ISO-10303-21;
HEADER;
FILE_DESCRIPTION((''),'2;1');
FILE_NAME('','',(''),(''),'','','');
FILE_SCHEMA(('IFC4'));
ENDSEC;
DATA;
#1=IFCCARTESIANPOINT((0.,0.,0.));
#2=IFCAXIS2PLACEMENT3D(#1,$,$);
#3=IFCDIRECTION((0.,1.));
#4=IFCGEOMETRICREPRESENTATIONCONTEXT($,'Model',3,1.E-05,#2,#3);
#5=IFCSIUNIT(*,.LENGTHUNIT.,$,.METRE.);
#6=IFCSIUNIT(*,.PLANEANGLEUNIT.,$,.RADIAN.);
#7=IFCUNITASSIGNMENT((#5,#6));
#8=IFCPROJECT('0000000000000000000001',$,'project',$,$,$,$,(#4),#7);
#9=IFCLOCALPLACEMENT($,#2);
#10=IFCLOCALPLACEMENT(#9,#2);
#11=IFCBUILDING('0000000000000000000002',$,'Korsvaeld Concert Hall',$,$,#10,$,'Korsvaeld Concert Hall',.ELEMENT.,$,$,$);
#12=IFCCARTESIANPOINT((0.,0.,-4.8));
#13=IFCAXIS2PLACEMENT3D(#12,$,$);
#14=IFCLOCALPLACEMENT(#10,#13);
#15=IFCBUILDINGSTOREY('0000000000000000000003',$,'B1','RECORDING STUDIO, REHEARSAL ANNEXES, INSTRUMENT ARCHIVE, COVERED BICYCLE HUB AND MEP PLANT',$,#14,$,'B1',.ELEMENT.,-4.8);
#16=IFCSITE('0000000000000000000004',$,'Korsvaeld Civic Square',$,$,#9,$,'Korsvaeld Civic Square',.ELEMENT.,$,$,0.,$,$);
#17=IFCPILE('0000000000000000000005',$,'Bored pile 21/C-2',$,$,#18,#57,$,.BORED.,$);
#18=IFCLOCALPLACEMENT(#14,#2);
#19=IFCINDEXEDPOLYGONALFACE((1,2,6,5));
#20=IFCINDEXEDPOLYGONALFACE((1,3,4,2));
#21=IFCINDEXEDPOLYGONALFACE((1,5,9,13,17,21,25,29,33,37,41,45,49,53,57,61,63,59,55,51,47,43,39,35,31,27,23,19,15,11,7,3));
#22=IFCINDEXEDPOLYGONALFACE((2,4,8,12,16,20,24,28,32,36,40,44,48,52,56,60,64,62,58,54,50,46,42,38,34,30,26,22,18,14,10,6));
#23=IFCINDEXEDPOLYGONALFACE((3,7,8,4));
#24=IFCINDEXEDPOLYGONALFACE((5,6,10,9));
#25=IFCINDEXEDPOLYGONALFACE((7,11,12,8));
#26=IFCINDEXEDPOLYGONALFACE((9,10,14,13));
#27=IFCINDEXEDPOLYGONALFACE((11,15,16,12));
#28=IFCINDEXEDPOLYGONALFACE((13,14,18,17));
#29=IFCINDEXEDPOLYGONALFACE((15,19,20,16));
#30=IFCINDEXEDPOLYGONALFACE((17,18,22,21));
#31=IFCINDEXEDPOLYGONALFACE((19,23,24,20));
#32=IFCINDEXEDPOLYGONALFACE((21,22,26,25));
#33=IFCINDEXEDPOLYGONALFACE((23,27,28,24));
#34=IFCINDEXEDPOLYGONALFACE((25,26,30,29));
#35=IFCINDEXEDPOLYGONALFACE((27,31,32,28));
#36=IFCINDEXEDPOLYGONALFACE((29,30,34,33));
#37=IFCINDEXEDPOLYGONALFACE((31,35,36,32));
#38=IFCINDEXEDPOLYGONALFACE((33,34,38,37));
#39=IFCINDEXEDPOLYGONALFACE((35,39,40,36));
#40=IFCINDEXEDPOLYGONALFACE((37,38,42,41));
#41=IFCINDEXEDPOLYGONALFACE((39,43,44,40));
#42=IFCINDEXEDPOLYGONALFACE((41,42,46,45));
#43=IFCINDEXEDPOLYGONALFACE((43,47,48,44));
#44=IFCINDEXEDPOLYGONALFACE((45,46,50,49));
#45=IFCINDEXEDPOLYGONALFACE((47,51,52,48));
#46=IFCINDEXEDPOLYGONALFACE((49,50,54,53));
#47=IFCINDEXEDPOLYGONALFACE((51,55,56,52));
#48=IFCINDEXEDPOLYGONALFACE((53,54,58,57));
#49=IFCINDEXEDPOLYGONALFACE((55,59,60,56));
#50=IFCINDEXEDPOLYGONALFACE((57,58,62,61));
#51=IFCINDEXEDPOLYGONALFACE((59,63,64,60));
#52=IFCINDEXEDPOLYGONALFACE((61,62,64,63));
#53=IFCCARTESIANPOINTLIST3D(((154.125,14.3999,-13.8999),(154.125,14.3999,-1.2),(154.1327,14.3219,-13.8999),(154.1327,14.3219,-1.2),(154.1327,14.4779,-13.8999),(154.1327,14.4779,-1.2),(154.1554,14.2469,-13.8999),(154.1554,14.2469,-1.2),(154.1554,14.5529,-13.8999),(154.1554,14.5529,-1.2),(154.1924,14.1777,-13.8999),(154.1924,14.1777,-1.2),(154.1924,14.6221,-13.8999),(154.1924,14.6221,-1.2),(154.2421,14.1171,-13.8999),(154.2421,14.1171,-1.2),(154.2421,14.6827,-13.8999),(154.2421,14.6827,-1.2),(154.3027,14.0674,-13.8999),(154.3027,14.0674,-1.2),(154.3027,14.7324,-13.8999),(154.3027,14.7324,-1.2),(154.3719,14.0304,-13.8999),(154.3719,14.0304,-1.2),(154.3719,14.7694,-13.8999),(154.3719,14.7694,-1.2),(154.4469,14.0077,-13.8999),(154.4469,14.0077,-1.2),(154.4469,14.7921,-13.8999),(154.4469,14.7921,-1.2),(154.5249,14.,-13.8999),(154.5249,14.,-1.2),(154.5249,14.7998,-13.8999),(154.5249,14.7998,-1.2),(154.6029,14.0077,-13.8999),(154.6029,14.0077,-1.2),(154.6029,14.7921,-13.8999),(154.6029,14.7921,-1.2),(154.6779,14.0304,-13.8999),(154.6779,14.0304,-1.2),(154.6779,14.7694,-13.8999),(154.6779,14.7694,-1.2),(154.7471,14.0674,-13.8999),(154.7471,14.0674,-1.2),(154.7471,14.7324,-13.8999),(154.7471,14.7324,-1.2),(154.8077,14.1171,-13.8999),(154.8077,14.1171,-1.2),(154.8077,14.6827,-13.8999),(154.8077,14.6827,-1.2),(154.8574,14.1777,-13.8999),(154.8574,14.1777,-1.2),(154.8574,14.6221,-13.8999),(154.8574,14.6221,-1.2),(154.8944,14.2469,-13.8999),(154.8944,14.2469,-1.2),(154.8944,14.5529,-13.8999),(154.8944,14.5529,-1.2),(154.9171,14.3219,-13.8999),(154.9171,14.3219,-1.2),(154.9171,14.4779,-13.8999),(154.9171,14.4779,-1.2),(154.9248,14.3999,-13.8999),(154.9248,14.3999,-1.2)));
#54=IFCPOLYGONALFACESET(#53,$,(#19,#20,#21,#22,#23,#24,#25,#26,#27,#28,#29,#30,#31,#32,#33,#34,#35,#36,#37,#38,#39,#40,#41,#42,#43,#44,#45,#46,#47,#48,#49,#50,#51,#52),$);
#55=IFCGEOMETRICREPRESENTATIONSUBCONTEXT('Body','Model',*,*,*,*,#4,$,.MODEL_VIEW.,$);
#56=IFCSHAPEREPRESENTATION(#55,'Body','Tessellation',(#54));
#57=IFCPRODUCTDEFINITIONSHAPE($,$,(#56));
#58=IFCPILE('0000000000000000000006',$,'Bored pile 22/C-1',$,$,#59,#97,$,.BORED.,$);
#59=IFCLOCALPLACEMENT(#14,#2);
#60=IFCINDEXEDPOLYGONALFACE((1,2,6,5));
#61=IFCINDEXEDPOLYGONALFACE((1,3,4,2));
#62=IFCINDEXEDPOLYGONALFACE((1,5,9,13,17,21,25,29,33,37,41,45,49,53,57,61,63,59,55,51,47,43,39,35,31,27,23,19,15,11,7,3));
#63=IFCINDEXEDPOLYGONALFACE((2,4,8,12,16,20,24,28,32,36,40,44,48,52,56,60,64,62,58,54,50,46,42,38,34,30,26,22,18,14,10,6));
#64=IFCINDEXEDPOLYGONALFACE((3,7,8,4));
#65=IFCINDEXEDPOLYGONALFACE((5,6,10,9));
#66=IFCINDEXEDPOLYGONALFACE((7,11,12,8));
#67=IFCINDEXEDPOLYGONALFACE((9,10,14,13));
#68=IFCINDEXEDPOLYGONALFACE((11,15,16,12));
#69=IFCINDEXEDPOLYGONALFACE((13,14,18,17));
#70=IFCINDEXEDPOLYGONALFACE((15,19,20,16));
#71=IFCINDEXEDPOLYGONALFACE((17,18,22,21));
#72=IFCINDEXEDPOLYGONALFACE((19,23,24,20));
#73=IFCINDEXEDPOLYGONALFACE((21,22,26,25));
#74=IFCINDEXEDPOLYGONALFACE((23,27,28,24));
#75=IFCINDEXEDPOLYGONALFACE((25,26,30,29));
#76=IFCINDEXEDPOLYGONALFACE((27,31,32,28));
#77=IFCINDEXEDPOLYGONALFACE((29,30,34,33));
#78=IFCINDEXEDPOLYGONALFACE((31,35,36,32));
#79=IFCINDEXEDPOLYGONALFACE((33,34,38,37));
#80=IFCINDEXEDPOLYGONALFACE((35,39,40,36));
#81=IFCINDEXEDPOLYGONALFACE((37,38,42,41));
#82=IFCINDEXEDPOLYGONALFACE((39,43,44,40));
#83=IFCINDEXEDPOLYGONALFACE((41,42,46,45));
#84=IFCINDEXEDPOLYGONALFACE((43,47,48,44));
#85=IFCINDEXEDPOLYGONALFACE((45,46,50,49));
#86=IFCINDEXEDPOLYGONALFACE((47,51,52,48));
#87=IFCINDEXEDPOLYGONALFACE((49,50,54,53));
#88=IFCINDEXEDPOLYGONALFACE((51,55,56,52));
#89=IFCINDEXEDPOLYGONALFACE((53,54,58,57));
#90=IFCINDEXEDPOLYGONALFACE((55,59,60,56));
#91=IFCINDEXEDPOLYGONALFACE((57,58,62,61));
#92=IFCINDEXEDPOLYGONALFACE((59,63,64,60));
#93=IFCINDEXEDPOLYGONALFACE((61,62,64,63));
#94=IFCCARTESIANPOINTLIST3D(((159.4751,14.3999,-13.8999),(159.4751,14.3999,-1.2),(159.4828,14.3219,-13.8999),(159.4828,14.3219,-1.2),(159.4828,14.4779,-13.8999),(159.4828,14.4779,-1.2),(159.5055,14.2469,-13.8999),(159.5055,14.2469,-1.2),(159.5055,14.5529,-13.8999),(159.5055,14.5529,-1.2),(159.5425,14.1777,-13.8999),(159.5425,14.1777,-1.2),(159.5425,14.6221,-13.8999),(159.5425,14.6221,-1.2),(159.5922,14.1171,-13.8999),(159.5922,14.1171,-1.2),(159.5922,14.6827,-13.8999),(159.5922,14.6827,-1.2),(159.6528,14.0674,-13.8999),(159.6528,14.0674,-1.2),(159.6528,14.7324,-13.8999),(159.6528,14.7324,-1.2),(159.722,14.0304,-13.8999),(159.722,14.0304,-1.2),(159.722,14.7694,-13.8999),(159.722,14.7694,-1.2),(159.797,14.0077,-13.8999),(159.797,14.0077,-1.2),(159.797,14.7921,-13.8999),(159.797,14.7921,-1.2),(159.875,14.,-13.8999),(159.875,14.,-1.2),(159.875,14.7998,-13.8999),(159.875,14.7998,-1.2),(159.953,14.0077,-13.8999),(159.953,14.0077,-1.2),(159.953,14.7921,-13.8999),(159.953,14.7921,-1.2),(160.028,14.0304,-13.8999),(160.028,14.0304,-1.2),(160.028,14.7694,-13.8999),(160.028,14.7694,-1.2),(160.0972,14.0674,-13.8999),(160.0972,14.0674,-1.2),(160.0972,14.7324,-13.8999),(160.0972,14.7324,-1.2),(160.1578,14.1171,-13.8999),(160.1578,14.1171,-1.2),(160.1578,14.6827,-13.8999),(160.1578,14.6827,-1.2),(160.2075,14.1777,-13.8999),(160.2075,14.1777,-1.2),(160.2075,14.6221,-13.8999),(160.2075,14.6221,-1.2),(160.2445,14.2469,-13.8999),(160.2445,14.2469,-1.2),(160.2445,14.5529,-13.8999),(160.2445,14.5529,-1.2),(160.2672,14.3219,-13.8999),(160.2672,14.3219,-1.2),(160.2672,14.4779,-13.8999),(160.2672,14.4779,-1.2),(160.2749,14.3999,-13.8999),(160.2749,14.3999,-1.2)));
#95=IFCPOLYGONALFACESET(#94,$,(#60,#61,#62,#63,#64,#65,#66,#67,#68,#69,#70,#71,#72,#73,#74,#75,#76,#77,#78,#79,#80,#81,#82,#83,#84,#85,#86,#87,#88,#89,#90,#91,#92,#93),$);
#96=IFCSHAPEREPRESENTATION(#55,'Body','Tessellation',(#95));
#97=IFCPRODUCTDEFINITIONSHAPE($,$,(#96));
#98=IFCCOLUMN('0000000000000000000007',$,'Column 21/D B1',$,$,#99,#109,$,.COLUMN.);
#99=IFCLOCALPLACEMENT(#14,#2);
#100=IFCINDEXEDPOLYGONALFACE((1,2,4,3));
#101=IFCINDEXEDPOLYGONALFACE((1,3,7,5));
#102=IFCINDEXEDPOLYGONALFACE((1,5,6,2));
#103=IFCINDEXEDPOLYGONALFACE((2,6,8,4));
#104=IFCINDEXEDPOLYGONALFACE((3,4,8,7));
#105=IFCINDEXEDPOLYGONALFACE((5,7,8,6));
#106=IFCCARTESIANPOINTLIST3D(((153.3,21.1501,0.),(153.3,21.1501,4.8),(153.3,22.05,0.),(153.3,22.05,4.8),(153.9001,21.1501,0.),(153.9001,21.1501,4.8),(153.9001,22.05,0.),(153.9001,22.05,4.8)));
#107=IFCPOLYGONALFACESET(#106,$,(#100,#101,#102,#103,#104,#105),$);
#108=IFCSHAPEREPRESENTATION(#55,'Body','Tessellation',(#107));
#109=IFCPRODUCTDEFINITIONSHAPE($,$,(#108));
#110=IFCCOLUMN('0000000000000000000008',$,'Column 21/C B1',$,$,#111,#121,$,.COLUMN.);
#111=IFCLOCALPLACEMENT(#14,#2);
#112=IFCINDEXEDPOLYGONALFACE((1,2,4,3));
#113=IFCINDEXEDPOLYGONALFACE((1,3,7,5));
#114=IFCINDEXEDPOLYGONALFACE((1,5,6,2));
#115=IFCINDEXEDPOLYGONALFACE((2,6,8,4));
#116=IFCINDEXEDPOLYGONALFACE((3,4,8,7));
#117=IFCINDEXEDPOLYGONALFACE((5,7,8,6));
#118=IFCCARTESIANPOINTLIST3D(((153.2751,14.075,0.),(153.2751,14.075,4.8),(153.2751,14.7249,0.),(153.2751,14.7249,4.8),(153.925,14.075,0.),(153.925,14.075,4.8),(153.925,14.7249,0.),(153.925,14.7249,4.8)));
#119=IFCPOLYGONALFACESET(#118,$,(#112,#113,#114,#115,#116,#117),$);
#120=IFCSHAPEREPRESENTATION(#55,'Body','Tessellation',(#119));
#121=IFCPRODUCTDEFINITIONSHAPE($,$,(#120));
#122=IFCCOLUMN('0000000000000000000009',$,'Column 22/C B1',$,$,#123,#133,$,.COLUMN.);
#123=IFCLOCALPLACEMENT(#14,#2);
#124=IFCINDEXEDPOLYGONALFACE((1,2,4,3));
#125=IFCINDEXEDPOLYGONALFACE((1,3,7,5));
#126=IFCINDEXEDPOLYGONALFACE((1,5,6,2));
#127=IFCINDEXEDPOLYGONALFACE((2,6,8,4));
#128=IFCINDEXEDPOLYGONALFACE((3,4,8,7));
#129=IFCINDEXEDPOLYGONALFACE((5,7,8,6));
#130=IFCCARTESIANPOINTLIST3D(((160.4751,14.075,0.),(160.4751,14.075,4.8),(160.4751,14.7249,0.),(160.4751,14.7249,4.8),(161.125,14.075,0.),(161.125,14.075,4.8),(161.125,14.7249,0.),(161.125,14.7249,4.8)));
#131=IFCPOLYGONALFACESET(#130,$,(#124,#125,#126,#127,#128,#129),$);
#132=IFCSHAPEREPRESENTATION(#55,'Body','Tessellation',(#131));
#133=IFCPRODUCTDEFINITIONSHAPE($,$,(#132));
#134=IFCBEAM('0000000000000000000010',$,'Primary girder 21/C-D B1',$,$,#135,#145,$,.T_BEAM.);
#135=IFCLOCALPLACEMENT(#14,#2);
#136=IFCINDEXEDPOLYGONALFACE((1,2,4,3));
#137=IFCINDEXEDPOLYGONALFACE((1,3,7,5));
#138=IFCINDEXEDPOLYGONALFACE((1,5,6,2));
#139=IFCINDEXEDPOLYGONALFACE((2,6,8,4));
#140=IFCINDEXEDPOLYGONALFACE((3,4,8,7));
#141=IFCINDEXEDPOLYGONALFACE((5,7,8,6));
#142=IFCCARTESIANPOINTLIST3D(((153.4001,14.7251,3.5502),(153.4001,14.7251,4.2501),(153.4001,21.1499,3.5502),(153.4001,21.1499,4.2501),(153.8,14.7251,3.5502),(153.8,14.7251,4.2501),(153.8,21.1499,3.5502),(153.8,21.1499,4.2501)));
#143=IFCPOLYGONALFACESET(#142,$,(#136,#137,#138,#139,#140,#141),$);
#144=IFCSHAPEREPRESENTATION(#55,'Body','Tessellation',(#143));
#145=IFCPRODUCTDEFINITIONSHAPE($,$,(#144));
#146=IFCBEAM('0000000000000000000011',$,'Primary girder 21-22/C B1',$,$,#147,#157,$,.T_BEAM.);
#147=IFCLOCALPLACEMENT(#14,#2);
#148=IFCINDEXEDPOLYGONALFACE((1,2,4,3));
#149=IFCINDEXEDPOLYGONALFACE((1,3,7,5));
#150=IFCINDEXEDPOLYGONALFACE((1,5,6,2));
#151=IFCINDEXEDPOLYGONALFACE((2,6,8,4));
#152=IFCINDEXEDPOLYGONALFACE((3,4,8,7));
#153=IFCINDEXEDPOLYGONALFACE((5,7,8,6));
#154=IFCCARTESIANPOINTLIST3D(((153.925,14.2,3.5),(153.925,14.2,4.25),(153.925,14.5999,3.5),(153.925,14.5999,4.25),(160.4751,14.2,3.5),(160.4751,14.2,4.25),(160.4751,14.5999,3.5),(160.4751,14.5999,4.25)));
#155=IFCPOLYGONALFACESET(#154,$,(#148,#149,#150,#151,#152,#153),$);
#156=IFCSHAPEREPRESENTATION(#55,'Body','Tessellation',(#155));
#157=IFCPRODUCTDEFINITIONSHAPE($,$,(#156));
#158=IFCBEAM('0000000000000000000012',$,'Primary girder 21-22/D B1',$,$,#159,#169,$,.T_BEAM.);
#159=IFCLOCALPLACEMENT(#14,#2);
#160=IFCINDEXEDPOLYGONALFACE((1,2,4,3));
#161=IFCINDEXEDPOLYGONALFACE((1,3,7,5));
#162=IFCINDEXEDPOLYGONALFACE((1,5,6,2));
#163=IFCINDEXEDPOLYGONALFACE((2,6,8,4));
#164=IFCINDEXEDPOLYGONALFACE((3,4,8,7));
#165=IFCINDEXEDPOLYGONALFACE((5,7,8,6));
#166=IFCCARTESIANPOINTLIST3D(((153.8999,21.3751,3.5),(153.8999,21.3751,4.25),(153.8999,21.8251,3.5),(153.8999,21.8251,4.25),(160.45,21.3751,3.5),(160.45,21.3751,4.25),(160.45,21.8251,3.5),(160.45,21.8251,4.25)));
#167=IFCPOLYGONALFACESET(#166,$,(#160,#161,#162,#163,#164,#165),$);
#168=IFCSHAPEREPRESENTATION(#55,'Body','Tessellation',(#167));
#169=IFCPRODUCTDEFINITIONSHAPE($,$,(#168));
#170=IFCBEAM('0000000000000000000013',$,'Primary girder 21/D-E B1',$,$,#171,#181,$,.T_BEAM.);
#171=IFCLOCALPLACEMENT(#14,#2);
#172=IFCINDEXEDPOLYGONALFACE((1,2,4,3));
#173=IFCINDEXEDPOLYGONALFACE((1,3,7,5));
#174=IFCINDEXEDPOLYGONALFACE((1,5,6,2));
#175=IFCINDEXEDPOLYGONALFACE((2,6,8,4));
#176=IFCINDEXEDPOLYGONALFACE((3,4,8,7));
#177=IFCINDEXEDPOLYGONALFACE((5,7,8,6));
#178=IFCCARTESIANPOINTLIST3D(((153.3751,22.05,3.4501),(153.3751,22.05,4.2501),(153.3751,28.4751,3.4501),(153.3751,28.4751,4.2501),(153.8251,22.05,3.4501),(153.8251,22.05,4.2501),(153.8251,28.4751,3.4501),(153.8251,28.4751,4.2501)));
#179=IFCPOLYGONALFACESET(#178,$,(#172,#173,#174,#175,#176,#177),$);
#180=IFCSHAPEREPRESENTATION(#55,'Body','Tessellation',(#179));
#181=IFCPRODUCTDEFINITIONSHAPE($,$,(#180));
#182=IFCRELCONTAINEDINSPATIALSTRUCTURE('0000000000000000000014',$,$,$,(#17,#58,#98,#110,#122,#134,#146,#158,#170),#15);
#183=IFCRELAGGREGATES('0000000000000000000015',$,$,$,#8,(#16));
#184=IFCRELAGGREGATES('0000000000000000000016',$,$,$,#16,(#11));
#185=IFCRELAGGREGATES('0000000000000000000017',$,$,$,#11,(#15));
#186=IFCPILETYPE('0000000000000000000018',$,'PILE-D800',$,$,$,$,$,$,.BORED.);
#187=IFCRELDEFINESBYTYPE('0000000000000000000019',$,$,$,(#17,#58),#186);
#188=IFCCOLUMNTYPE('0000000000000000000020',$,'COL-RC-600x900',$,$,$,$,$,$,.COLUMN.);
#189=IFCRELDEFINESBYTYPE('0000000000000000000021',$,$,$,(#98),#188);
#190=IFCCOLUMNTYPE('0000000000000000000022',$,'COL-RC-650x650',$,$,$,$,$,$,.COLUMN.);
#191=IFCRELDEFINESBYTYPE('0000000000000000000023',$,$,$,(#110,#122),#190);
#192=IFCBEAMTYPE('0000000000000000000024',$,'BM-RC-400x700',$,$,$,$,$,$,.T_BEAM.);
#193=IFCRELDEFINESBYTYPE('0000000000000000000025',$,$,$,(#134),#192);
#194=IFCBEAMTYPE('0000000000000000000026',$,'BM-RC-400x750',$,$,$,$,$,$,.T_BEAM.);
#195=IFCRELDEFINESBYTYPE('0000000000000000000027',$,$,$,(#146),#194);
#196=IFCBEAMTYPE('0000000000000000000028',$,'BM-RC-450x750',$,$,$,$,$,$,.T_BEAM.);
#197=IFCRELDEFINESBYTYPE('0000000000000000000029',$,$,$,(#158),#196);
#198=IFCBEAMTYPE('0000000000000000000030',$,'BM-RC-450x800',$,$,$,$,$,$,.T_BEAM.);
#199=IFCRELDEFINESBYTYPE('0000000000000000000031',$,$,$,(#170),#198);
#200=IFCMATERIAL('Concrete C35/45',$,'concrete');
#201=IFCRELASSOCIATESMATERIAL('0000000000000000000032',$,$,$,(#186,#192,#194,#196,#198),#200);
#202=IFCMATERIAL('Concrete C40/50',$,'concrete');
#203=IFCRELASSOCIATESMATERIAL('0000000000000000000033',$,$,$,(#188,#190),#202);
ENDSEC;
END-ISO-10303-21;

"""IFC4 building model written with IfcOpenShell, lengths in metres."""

from ifc_helpers import new_model, si_unit, direction, frame, origin, origin_2d, place, context, subcontext, project, spatial, rectangle, circle, extrude, material, material_profile, profile_set, type_object, element, save


model = new_model("IFC4")

# Units and contexts
model_context = context("Model", 3, precision=1e-05, world=origin(), true_north=direction((0.0, 1.0)))
body_context = subcontext(model_context, "Body", "Model", "MODEL_VIEW")
ifc_project = project(units=[si_unit("LENGTHUNIT", "METRE"), si_unit("PLANEANGLEUNIT", "RADIAN")], contexts=[model_context])

# Site, building, storey
site_placement = place(None, origin())
site = spatial("IfcSite", under=ifc_project, at=site_placement, Name="Korsvaeld Civic Square", LongName="Korsvaeld Civic Square", CompositionType="ELEMENT", RefElevation=0.0)
building_placement = place(site_placement, origin())
building = spatial("IfcBuilding", under=site, at=building_placement, Name="Korsvaeld Concert Hall", LongName="Korsvaeld Concert Hall", CompositionType="ELEMENT")
storey_placement = place(building_placement, frame((0.0, 0.0, -4.8)))
storey = spatial("IfcBuildingStorey", under=building, at=storey_placement, Name="B1", Description="RECORDING STUDIO, REHEARSAL ANNEXES, INSTRUMENT ARCHIVE, COVERED BICYCLE HUB AND MEP PLANT", LongName="B1", CompositionType="ELEMENT", Elevation=-4.8)

# Shared definitions
ifc_material_1 = material(Name="Concrete C35/45", Category="concrete")

# Piles
ifc_material_profile_1 = material_profile(ifc_material_1, circle(Radius=0.3999, at=origin_2d()), Name="BORED PILE D800")
ifc_profile_set_1 = profile_set([ifc_material_profile_1], Name="Concrete C35/45")
pile_type_1 = type_object("IfcPileType", Name="PILE-D800", PredefinedType="BORED", material=ifc_profile_set_1)
for number, where, z_axis, x_axis, name in (
    (1, (154.5249, 14.3999, -1.2), (0.0, 0.0, -1.0), (1.0, 0.0, 0.0), "Bored pile 21/C-2"),
    (2, (159.875, 14.3999, -1.2), (0.0, 0.0, -1.0), (1.0, 0.0, 0.0), "Bored pile 22/C-1"),
):
    element("IfcPile", number, at=place(storey_placement, frame(where, z_axis=z_axis, x_axis=x_axis)), inside=storey, type_object=pile_type_1, Name=name, PredefinedType="BORED", context=body_context, shape_type="SweptSolid", body=[
        extrude(circle(Radius=0.3999, at=origin_2d()), origin(), (0.0, 0.0, 1.0), 12.7),
    ])

# Columns
ifc_material_2 = material(Name="Concrete C40/50", Category="concrete")
ifc_material_profile_2 = material_profile(ifc_material_2, rectangle(XDim=0.6001, YDim=0.8999, at=origin_2d()), Name="RC 600x900")
ifc_profile_set_2 = profile_set([ifc_material_profile_2], Name="Concrete C40/50")
column_type_1 = type_object("IfcColumnType", Name="COL-RC-600x900", PredefinedType="COLUMN", material=ifc_profile_set_2)
column_placement = place(storey_placement, frame((153.6001, 21.6001, 0.0), z_axis=(0.0, 0.0, 1.0), x_axis=(1.0, 0.0, 0.0)))
element("IfcColumn", 3, at=column_placement, inside=storey, type_object=column_type_1, Name="Column 21/D B1", PredefinedType="COLUMN", context=body_context, shape_type="SweptSolid", body=[
    extrude(rectangle(XDim=0.6001, YDim=0.8999, at=origin_2d()), origin(), (0.0, 0.0, 1.0), 4.8),
])
ifc_material_profile_3 = material_profile(ifc_material_2, rectangle(XDim=0.6499, YDim=0.6499, at=origin_2d()), Name="RC 650x650")
ifc_profile_set_3 = profile_set([ifc_material_profile_3], Name="Concrete C40/50")
column_type_2 = type_object("IfcColumnType", Name="COL-RC-650x650", PredefinedType="COLUMN", material=ifc_profile_set_3)
for number, where, z_axis, x_axis, name in (
    (4, (153.6001, 14.3999, 0.0), (0.0, 0.0, 1.0), (1.0, 0.0, 0.0), "Column 21/C B1"),
    (5, (160.8, 14.3999, 0.0), (0.0, 0.0, 1.0), (1.0, 0.0, 0.0), "Column 22/C B1"),
):
    element("IfcColumn", number, at=place(storey_placement, frame(where, z_axis=z_axis, x_axis=x_axis)), inside=storey, type_object=column_type_2, Name=name, PredefinedType="COLUMN", context=body_context, shape_type="SweptSolid", body=[
        extrude(rectangle(XDim=0.6499, YDim=0.6499, at=origin_2d()), origin(), (0.0, 0.0, 1.0), 4.8),
    ])

# Beams
ifc_material_profile_4 = material_profile(ifc_material_1, rectangle(XDim=0.3999, YDim=0.7, at=origin_2d()), Name="RC 400x700")
ifc_profile_set_4 = profile_set([ifc_material_profile_4], Name="Concrete C35/45")
beam_type_1 = type_object("IfcBeamType", Name="BM-RC-400x700", PredefinedType="T_BEAM", material=ifc_profile_set_4)
beam_1_placement = place(storey_placement, frame((153.6001, 14.7251, 3.9001), z_axis=(0.0, 1.0, 0.0), x_axis=(-1.0, 0.0, 0.0)))
element("IfcBeam", 6, at=beam_1_placement, inside=storey, type_object=beam_type_1, Name="Primary girder 21/C-D B1", PredefinedType="T_BEAM", context=body_context, shape_type="SweptSolid", body=[
    extrude(rectangle(XDim=0.3999, YDim=0.7, at=origin_2d()), origin(), (0.0, 0.0, 1.0), 6.4248),
])
ifc_material_profile_5 = material_profile(ifc_material_1, rectangle(XDim=0.3999, YDim=0.75, at=origin_2d()), Name="RC 400x750")
ifc_profile_set_5 = profile_set([ifc_material_profile_5], Name="Concrete C35/45")
beam_type_2 = type_object("IfcBeamType", Name="BM-RC-400x750", PredefinedType="T_BEAM", material=ifc_profile_set_5)
beam_2_placement = place(storey_placement, frame((153.925, 14.3999, 3.875), z_axis=(1.0, 0.0, 0.0), x_axis=(0.0, 1.0, 0.0)))
element("IfcBeam", 7, at=beam_2_placement, inside=storey, type_object=beam_type_2, Name="Primary girder 21-22/C B1", PredefinedType="T_BEAM", context=body_context, shape_type="SweptSolid", body=[
    extrude(rectangle(XDim=0.3999, YDim=0.75, at=origin_2d()), origin(), (0.0, 0.0, 1.0), 6.55),
])
ifc_material_profile_6 = material_profile(ifc_material_1, rectangle(XDim=0.45, YDim=0.75, at=origin_2d()), Name="RC 450x750")
ifc_profile_set_6 = profile_set([ifc_material_profile_6], Name="Concrete C35/45")
beam_type_3 = type_object("IfcBeamType", Name="BM-RC-450x750", PredefinedType="T_BEAM", material=ifc_profile_set_6)
beam_3_placement = place(storey_placement, frame((153.8999, 21.6001, 3.875), z_axis=(1.0, 0.0, 0.0), x_axis=(0.0, 1.0, 0.0)))
element("IfcBeam", 8, at=beam_3_placement, inside=storey, type_object=beam_type_3, Name="Primary girder 21-22/D B1", PredefinedType="T_BEAM", context=body_context, shape_type="SweptSolid", body=[
    extrude(rectangle(XDim=0.45, YDim=0.75, at=origin_2d()), origin(), (0.0, 0.0, 1.0), 6.55),
])
ifc_material_profile_7 = material_profile(ifc_material_1, rectangle(XDim=0.45, YDim=0.8, at=origin_2d()), Name="RC 450x800")
ifc_profile_set_7 = profile_set([ifc_material_profile_7], Name="Concrete C35/45")
beam_type_4 = type_object("IfcBeamType", Name="BM-RC-450x800", PredefinedType="T_BEAM", material=ifc_profile_set_7)
beam_4_placement = place(storey_placement, frame((153.6001, 22.05, 3.8501), z_axis=(0.0, 1.0, 0.0), x_axis=(-1.0, 0.0, 0.0)))
element("IfcBeam", 9, at=beam_4_placement, inside=storey, type_object=beam_type_4, Name="Primary girder 21/D-E B1", PredefinedType="T_BEAM", context=body_context, shape_type="SweptSolid", body=[
    extrude(rectangle(XDim=0.45, YDim=0.8, at=origin_2d()), origin(), (0.0, 0.0, 1.0), 6.425),
])

save(model, "model.ifc")
